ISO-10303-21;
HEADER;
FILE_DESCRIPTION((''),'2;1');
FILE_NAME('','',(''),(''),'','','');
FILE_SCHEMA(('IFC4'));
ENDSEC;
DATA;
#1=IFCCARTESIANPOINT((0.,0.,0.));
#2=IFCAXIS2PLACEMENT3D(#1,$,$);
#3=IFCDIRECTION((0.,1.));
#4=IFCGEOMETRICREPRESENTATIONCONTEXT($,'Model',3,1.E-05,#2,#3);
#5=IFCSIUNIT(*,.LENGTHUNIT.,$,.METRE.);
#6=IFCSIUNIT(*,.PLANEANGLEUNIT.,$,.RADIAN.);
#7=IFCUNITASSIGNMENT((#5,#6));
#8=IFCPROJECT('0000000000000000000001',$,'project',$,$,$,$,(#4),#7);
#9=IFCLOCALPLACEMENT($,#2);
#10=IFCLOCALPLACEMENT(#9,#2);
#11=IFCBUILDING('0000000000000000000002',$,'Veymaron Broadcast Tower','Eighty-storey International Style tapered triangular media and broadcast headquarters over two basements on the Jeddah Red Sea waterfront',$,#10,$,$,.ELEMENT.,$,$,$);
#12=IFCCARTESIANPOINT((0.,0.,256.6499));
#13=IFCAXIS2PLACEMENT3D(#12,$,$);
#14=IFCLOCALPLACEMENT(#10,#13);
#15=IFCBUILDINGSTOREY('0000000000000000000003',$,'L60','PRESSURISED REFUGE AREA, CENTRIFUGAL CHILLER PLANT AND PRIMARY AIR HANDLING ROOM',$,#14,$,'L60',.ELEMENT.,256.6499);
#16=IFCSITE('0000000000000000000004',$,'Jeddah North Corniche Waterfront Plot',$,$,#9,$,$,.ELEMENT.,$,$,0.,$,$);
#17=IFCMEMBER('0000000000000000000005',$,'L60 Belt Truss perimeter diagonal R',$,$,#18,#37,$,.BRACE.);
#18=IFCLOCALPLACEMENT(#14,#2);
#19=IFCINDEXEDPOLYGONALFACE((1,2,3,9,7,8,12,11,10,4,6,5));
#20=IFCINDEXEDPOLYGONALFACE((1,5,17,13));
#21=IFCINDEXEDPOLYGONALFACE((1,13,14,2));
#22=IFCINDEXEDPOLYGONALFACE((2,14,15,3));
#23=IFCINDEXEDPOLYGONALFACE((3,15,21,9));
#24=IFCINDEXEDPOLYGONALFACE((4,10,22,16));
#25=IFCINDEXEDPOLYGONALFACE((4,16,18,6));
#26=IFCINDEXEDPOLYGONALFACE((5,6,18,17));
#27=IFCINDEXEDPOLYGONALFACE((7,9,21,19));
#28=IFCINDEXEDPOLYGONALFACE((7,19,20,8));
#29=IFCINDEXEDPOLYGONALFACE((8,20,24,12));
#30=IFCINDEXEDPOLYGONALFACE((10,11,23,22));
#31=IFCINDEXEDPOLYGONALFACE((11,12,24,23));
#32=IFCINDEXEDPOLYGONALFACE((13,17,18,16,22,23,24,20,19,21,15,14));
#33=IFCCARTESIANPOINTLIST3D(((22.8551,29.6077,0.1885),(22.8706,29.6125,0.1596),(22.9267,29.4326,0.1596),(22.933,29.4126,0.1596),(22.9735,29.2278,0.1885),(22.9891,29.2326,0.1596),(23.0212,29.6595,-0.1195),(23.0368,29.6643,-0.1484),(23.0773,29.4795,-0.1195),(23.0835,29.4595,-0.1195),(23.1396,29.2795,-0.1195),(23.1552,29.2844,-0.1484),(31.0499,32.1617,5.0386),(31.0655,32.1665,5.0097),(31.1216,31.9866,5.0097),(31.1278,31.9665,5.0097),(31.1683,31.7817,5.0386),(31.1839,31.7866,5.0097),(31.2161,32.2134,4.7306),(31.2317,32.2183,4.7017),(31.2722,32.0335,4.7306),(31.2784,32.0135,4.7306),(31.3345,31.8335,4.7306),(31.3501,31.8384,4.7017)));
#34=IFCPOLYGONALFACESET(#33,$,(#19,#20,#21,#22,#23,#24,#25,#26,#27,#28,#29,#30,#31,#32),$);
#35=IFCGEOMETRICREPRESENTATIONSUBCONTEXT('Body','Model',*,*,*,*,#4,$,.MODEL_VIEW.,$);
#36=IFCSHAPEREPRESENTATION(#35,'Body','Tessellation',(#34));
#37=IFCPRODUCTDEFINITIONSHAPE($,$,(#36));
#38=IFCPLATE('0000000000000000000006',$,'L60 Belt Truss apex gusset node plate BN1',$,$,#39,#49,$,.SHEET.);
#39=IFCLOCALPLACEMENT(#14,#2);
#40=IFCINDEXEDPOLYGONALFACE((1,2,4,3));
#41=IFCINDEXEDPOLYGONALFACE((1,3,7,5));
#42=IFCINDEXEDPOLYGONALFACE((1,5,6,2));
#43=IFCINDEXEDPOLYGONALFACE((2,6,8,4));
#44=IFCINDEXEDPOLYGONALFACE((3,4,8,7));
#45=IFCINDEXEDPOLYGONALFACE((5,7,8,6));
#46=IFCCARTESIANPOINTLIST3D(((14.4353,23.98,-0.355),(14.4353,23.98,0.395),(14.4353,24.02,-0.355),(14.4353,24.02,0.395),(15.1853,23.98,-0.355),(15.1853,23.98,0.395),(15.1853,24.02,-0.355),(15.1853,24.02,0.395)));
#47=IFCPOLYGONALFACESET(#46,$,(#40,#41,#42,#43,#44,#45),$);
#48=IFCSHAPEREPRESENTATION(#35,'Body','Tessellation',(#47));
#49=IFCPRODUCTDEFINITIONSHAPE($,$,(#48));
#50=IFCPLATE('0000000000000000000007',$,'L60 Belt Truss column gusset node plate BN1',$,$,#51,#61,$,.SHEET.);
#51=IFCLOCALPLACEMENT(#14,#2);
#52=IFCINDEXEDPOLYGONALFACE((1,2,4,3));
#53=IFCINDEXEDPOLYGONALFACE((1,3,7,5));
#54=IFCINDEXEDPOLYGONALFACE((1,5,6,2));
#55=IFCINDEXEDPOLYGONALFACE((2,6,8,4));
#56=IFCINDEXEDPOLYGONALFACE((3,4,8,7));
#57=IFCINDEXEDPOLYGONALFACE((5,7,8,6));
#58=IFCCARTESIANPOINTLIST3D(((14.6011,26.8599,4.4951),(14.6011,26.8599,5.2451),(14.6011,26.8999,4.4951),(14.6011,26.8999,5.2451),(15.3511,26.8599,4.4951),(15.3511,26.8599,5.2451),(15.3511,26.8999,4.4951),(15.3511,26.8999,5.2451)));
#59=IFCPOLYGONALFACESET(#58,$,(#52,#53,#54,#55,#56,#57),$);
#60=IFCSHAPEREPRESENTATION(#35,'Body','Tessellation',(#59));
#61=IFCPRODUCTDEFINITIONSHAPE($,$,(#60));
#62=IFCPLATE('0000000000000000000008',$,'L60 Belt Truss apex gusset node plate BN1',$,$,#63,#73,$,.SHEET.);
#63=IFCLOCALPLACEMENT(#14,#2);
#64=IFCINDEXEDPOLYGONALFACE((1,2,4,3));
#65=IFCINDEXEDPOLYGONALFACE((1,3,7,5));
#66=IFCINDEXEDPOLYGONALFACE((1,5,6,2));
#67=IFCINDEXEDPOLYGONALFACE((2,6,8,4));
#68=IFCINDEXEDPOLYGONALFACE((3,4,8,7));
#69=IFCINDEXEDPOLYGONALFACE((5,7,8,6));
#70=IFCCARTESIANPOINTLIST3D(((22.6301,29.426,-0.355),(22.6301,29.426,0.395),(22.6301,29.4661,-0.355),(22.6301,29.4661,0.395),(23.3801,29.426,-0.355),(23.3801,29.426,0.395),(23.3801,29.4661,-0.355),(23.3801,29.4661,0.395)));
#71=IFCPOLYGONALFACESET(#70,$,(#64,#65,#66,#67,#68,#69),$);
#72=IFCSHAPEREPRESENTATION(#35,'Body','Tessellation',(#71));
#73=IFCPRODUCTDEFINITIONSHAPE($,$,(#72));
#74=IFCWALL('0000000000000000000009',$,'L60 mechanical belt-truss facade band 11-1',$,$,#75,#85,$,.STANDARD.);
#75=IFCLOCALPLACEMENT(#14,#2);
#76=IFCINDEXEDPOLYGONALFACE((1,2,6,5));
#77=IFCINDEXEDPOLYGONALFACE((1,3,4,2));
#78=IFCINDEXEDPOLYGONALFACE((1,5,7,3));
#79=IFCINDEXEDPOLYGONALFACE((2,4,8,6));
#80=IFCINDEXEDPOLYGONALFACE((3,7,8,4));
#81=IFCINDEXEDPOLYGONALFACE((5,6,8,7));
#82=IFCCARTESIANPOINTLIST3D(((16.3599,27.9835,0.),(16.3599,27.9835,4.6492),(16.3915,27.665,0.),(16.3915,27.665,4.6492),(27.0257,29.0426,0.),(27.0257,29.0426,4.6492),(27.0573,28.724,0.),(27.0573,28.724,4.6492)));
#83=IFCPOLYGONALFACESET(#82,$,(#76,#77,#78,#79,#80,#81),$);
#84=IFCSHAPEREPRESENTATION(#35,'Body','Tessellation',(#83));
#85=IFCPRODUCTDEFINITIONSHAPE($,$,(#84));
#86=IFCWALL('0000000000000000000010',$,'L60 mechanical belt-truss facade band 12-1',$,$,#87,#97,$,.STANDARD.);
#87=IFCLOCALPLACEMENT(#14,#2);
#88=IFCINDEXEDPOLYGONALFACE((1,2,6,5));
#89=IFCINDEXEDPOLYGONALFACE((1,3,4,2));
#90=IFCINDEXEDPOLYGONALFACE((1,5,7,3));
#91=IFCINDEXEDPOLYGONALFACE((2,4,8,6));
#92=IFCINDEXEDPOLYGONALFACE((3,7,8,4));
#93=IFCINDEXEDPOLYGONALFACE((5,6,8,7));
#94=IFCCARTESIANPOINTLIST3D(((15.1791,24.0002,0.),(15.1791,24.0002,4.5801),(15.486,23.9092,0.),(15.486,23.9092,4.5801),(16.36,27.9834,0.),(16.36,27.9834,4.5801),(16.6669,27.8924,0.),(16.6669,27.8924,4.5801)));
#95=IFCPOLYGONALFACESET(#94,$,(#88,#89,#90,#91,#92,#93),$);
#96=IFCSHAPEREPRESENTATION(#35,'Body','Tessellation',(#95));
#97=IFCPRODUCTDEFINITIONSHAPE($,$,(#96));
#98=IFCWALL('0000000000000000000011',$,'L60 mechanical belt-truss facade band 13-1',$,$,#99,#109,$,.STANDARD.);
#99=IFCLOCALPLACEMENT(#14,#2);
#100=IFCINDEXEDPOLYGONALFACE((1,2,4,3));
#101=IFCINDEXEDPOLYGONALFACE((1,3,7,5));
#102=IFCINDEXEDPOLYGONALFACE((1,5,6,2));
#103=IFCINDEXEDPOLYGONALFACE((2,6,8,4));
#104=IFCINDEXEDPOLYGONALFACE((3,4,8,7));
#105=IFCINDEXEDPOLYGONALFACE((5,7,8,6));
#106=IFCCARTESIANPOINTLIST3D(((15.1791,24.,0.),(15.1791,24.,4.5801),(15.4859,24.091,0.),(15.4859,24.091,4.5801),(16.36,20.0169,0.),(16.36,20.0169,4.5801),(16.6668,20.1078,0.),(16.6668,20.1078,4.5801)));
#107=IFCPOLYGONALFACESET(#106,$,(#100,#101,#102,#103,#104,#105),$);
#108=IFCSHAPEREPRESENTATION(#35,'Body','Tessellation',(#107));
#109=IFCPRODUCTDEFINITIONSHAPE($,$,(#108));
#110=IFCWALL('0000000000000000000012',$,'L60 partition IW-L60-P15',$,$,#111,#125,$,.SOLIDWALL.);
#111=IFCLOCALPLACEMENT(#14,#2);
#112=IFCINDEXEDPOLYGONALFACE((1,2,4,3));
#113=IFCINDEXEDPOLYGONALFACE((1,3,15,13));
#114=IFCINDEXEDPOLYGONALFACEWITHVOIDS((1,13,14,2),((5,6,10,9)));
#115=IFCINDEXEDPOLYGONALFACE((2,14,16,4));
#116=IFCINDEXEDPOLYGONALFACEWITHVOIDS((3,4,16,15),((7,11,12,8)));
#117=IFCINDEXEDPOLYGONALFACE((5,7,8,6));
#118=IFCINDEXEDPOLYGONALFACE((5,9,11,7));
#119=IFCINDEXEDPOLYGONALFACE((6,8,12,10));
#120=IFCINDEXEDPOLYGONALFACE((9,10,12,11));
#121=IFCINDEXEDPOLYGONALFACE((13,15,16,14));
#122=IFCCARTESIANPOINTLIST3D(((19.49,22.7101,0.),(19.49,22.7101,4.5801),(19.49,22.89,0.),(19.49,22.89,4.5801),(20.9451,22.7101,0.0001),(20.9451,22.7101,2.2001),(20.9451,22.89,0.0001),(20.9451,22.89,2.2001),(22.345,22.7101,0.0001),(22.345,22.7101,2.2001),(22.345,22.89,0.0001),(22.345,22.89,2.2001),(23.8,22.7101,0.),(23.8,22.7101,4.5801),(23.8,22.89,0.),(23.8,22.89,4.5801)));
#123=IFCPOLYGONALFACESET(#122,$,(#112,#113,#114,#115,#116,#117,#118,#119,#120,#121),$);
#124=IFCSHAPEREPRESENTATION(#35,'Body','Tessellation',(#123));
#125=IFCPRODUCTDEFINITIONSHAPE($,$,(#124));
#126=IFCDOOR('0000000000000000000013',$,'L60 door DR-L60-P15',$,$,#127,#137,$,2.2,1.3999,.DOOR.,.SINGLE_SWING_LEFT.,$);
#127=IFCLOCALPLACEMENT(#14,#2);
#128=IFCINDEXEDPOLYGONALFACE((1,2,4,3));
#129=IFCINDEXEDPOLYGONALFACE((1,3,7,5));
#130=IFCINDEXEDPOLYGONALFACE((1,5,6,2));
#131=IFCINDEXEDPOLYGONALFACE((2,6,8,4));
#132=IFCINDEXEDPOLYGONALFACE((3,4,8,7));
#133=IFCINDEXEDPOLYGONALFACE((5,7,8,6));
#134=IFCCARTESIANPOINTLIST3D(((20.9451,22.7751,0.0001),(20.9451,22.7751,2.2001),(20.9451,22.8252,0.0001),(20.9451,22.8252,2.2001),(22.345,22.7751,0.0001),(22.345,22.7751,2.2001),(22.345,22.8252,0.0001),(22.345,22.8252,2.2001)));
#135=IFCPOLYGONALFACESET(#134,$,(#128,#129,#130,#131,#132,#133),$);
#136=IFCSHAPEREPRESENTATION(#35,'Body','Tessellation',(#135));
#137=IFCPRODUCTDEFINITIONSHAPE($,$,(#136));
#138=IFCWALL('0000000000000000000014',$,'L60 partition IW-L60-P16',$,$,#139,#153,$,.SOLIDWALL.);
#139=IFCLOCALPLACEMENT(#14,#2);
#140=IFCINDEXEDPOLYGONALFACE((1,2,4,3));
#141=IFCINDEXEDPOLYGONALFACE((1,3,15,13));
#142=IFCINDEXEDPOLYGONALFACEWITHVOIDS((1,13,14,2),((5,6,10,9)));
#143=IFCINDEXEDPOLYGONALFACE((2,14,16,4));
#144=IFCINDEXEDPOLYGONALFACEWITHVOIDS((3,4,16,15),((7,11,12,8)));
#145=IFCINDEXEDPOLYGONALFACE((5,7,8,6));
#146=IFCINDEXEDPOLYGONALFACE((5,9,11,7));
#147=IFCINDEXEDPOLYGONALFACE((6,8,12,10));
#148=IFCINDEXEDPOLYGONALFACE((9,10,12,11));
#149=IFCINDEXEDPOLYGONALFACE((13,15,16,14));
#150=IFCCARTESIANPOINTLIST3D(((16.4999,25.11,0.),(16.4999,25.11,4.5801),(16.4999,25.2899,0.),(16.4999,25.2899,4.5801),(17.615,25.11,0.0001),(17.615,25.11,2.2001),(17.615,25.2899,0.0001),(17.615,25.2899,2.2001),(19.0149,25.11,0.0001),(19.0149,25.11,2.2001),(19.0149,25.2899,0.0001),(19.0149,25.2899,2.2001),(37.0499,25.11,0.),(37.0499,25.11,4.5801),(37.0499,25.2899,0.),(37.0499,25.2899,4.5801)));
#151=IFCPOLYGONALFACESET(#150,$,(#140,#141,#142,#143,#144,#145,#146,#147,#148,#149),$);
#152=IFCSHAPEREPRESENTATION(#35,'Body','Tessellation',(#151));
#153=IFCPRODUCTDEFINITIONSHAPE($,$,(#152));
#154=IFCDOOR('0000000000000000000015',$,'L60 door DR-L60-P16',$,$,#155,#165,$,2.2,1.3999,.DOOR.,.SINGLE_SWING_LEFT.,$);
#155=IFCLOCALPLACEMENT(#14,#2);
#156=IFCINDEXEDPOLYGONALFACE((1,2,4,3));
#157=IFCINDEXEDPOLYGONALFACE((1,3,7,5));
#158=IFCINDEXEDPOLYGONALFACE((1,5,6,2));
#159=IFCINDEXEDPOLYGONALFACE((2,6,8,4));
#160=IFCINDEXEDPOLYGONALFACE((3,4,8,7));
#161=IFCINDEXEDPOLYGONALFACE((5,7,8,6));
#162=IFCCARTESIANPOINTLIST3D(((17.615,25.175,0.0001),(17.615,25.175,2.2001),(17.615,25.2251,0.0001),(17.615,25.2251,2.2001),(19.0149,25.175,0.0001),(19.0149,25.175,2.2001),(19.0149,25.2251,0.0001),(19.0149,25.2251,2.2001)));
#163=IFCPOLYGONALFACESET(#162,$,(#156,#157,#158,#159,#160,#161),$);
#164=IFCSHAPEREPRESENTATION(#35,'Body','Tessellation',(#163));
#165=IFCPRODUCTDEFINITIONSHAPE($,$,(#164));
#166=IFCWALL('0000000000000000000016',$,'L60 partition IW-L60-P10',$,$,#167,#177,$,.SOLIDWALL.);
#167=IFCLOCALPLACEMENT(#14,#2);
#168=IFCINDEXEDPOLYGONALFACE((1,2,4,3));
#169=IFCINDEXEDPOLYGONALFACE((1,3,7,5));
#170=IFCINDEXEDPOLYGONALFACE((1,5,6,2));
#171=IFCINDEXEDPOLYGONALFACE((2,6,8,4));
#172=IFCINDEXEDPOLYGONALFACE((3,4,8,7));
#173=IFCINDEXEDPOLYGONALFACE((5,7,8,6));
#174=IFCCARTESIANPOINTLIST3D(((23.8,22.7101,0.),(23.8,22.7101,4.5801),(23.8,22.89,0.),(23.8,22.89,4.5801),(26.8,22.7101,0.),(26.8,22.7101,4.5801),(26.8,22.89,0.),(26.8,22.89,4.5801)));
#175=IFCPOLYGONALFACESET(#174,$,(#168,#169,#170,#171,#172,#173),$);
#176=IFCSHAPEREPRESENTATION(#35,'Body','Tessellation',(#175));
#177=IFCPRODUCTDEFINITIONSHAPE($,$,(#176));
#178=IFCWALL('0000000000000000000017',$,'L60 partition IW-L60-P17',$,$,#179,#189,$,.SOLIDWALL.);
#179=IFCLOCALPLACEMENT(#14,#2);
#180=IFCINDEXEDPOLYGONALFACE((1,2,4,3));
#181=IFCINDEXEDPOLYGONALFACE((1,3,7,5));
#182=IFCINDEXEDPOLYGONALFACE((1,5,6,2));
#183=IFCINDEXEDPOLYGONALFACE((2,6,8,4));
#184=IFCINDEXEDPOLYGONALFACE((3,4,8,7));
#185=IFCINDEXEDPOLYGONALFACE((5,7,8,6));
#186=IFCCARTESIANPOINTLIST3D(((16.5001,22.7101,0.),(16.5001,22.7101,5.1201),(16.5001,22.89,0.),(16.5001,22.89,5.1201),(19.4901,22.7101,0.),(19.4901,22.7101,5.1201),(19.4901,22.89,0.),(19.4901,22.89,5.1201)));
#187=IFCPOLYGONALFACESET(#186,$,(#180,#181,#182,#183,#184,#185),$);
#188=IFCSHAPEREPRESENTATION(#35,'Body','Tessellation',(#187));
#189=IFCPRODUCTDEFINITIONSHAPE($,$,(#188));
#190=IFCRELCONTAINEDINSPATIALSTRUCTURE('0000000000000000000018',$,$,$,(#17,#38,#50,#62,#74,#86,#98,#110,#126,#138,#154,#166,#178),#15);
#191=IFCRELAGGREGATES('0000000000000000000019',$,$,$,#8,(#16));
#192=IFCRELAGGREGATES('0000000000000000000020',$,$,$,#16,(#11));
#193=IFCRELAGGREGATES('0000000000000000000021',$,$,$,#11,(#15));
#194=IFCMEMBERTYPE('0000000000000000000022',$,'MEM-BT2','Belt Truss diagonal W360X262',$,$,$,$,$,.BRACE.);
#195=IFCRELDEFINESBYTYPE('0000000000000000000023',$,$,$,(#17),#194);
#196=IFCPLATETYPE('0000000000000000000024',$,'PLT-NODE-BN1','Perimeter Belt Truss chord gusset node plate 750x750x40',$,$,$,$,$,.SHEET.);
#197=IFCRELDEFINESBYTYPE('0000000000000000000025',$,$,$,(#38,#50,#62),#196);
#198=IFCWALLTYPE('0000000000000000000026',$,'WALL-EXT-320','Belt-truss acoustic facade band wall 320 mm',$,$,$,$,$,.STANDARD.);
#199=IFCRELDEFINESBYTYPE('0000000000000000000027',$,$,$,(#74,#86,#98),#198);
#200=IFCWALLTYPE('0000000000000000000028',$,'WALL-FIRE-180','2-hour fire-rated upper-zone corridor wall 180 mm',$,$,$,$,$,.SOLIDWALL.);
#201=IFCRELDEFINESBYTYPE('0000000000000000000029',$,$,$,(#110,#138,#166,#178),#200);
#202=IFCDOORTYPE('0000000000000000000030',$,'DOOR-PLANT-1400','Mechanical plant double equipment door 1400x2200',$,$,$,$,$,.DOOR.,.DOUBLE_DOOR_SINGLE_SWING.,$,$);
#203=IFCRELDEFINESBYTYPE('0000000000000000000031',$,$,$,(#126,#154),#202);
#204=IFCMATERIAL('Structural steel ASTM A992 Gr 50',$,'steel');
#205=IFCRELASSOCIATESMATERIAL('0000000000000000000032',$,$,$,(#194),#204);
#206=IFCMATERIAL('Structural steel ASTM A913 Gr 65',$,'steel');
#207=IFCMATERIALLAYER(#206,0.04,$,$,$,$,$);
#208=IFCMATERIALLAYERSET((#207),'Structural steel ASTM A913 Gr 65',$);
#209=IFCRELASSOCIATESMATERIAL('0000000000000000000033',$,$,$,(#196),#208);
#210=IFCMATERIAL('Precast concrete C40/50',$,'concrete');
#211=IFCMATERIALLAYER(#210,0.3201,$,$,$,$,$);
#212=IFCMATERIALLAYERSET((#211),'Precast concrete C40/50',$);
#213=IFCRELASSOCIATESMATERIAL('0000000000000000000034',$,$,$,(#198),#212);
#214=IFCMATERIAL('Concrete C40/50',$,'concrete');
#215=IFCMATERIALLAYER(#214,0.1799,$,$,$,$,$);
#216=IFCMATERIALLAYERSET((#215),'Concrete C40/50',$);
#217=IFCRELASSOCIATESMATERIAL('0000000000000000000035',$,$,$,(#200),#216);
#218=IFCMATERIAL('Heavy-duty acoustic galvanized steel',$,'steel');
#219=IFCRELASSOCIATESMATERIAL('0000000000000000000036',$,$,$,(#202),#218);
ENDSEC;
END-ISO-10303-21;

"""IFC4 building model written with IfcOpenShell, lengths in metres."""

from ifc_helpers import new_model, si_unit, direction, frame, frame_2d, origin, origin_2d, place, context, subcontext, project, spatial, rectangle, i_section, extrude, material, layer, layer_set, material_profile, profile_set, type_object, element, fill, save


model = new_model("IFC4")

# Units and contexts
model_context = context("Model", 3, precision=1e-05, world=origin(), true_north=direction((0.0, 1.0)))
body_context = subcontext(model_context, "Body", "Model", "MODEL_VIEW")
ifc_project = project(units=[si_unit("LENGTHUNIT", "METRE"), si_unit("PLANEANGLEUNIT", "RADIAN")], contexts=[model_context])

# Site, building, storey
site_placement = place(None, origin())
site = spatial("IfcSite", under=ifc_project, at=site_placement, Name="Jeddah North Corniche Waterfront Plot", CompositionType="ELEMENT", RefElevation=0.0)
building_placement = place(site_placement, origin())
building = spatial("IfcBuilding", under=site, at=building_placement, Name="Veymaron Broadcast Tower", Description="Eighty-storey International Style tapered triangular media and broadcast headquarters over two basements on the Jeddah Red Sea waterfront", CompositionType="ELEMENT")
storey_placement = place(building_placement, frame((0.0, 0.0, 256.6499)))
storey = spatial("IfcBuildingStorey", under=building, at=storey_placement, Name="L60", Description="PRESSURISED REFUGE AREA, CENTRIFUGAL CHILLER PLANT AND PRIMARY AIR HANDLING ROOM", LongName="L60", CompositionType="ELEMENT", Elevation=256.6499)

# Shared definitions
ifc_material_1 = material(Name="Structural steel ASTM A913 Gr 65", Category="steel")

# Shared definitions
ifc_material_2 = material(Name="Structural steel ASTM A992 Gr 50", Category="steel")

# Member
ifc_material_profile_1 = material_profile(ifc_material_2, i_section(OverallWidth=0.3979, OverallDepth=0.387, WebThickness=0.021, FlangeThickness=0.0332, at=origin_2d()), Name="W360X262")
ifc_profile_set_1 = profile_set([ifc_material_profile_1], Name="Structural steel ASTM A992 Gr 50")
member_type = type_object("IfcMemberType", Name="MEM-BT2", Description="Belt Truss diagonal W360X262", PredefinedType="BRACE", material=ifc_profile_set_1)
member_1_placement = place(storey_placement, frame((23.0051, 29.446, 0.02), z_axis=(0.831196, 0.259046, 0.491943), x_axis=(-0.29754, 0.954709, 0.0)))
element("IfcMember", 1, at=member_1_placement, inside=storey, type_object=member_type, Name="L60 Belt Truss perimeter diagonal R", PredefinedType="BRACE", context=body_context, shape_type="SweptSolid", body=[
    extrude(i_section(OverallWidth=0.3979, OverallDepth=0.387, WebThickness=0.021, FlangeThickness=0.0332, at=origin_2d()), origin(), (0.0, 0.0, 1.0), 9.8591),
])

# Plates
ifc_layer_1 = layer(ifc_material_1, 0.04)
ifc_layer_set_1 = layer_set([ifc_layer_1], Name="Structural steel ASTM A913 Gr 65")
plate_type = type_object("IfcPlateType", Name="PLT-NODE-BN1", Description="Perimeter Belt Truss chord gusset node plate 750x750x40", PredefinedType="SHEET", material=ifc_layer_set_1)
for number, where, z_axis, x_axis, name in (
    (2, (14.8103, 24.0, -0.355), (0.0, 0.0, 1.0), (1.0, 0.0, 0.0), "L60 Belt Truss apex gusset node plate BN1"),
    (3, (14.9761, 26.8799, 4.4951), (0.0, 0.0, 1.0), (1.0, 0.0, 0.0), "L60 Belt Truss column gusset node plate BN1"),
    (4, (23.0051, 29.446, -0.355), (0.0, 0.0, 1.0), (1.0, 0.0, 0.0), "L60 Belt Truss apex gusset node plate BN1"),
):
    element("IfcPlate", number, at=place(storey_placement, frame(where, z_axis=z_axis, x_axis=x_axis)), inside=storey, type_object=plate_type, Name=name, PredefinedType="SHEET", context=body_context, shape_type="SweptSolid", body=[
        extrude(rectangle(XDim=0.75, YDim=0.04, at=origin_2d()), origin(), (0.0, 0.0, 1.0), 0.75),
    ])

# Walls
ifc_material_3 = material(Name="Precast concrete C40/50", Category="concrete")
ifc_layer_2 = layer(ifc_material_3, 0.3201)
ifc_layer_set_2 = layer_set([ifc_layer_2], Name="Precast concrete C40/50")
wall_type_1 = type_object("IfcWallType", Name="WALL-EXT-320", Description="Belt-truss acoustic facade band wall 320 mm", PredefinedType="STANDARD", material=ifc_layer_set_2)
wall_1_placement = place(storey_placement, frame((27.0415, 28.8833, 0.0), z_axis=(0.0, 0.0, 1.0), x_axis=(-0.995106, -0.098811, 0.0)))
element("IfcWall", 5, at=wall_1_placement, inside=storey, type_object=wall_type_1, Name="L60 mechanical belt-truss facade band 11-1", PredefinedType="STANDARD", context=body_context, shape_type="SweptSolid", body=[
    extrude(rectangle(XDim=10.7183, YDim=0.3201, at=frame_2d((5.3591, 0.0))), origin(), (0.0, 0.0, 1.0), 4.6492),
])
for number, where, z_axis, x_axis, name in (
    (6, (16.5134, 27.9377, 0.0), (0.0, 0.0, 1.0), (-0.284246, -0.958751, 0.0), "L60 mechanical belt-truss facade band 12-1"),
    (7, (15.3325, 24.0454, 0.0), (0.0, 0.0, 1.0), (0.284246, -0.958751, 0.0), "L60 mechanical belt-truss facade band 13-1"),
):
    element("IfcWall", number, at=place(storey_placement, frame(where, z_axis=z_axis, x_axis=x_axis)), inside=storey, type_object=wall_type_1, Name=name, PredefinedType="STANDARD", context=body_context, shape_type="SweptSolid", body=[
        extrude(rectangle(XDim=4.1545, YDim=0.3201, at=frame_2d((2.0771, 0.0))), origin(), (0.0, 0.0, 1.0), 4.5801),
    ])

# Walls, openings, doors
ifc_material_4 = material(Name="Concrete C40/50", Category="concrete")
ifc_layer_3 = layer(ifc_material_4, 0.1799)
ifc_layer_set_3 = layer_set([ifc_layer_3], Name="Concrete C40/50")
wall_type_2 = type_object("IfcWallType", Name="WALL-FIRE-180", Description="2-hour fire-rated upper-zone corridor wall 180 mm", PredefinedType="SOLIDWALL", material=ifc_layer_set_3)
wall_2_placement = place(storey_placement, frame((19.49, 22.8, 0.0), z_axis=(0.0, 0.0, 1.0), x_axis=(1.0, 0.0, 0.0)))
wall_2 = element("IfcWall", 8, at=wall_2_placement, inside=storey, type_object=wall_type_2, Name="L60 partition IW-L60-P15", PredefinedType="SOLIDWALL", context=body_context, shape_type="SweptSolid", body=[
    extrude(rectangle(XDim=4.3101, YDim=0.1799, at=frame_2d((2.155, 0.0))), origin(), (0.0, 0.0, 1.0), 4.5801),
])
opening_1_placement = place(wall_2_placement, frame((1.4551, 0.0, 0.0)))
opening_1 = element("IfcOpeningElement", 9, at=opening_1_placement, cuts=wall_2, PredefinedType="OPENING", context=body_context, shape_type="SweptSolid", body=[
    extrude(rectangle(XDim=1.3999, YDim=2.2, at=frame_2d((0.7, 1.1001))), frame((0.0, 0.1001, 0.0), z_axis=(0.0, -1.0, 0.0), x_axis=(1.0, 0.0, 0.0)), (0.0, 0.0, 1.0), 0.2),
])
ifc_material_5 = material(Name="Heavy-duty acoustic galvanized steel", Category="steel")
door_type_1 = type_object("IfcDoorType", Name="DOOR-PLANT-1400", Description="Mechanical plant double equipment door 1400x2200", OperationType="DOUBLE_DOOR_SINGLE_SWING", PredefinedType="DOOR", material=ifc_material_5)
door_1_placement = place(opening_1_placement, frame((1.3999, 0.0, 0.0), z_axis=(0.0, 0.0, 1.0), x_axis=(-1.0, 0.0, 0.0)))
door_1 = element("IfcDoor", 10, at=door_1_placement, inside=storey, type_object=door_type_1, Name="L60 door DR-L60-P15", OperationType="SINGLE_SWING_LEFT", OverallHeight=2.2, OverallWidth=1.3999, PredefinedType="DOOR", context=body_context, shape_type="SweptSolid", body=[
    extrude(rectangle(XDim=1.3999, YDim=2.2, at=frame_2d((0.7, 1.1001))), frame((0.0, 0.0249, 0.0), z_axis=(0.0, -1.0, 0.0), x_axis=(1.0, 0.0, 0.0)), (0.0, 0.0, 1.0), 0.05),
])
fill(opening_1, door_1)
wall_3_placement = place(storey_placement, frame((16.5, 25.2, 0.0), z_axis=(0.0, 0.0, 1.0), x_axis=(1.0, 0.0, 0.0)))
wall_3 = element("IfcWall", 11, at=wall_3_placement, inside=storey, type_object=wall_type_2, Name="L60 partition IW-L60-P16", PredefinedType="SOLIDWALL", context=body_context, shape_type="SweptSolid", body=[
    extrude(rectangle(XDim=20.55, YDim=0.1799, at=frame_2d((10.2749, 0.0))), origin(), (0.0, 0.0, 1.0), 4.5801),
])
opening_2_placement = place(wall_3_placement, frame((1.115, 0.0, 0.0)))
opening_2 = element("IfcOpeningElement", 12, at=opening_2_placement, cuts=wall_3, PredefinedType="OPENING", context=body_context, shape_type="SweptSolid", body=[
    extrude(rectangle(XDim=1.3999, YDim=2.2, at=frame_2d((0.7, 1.1001))), frame((0.0, 0.1001, 0.0), z_axis=(0.0, -1.0, 0.0), x_axis=(1.0, 0.0, 0.0)), (0.0, 0.0, 1.0), 0.2),
])
door_2_placement = place(opening_2_placement, frame((1.3999, 0.0, 0.0), z_axis=(0.0, 0.0, 1.0), x_axis=(-1.0, 0.0, 0.0)))
door_2 = element("IfcDoor", 13, at=door_2_placement, inside=storey, type_object=door_type_1, Name="L60 door DR-L60-P16", OperationType="SINGLE_SWING_LEFT", OverallHeight=2.2, OverallWidth=1.3999, PredefinedType="DOOR", context=body_context, shape_type="SweptSolid", body=[
    extrude(rectangle(XDim=1.3999, YDim=2.2, at=frame_2d((0.7, 1.1001))), frame((0.0, 0.0249, 0.0), z_axis=(0.0, -1.0, 0.0), x_axis=(1.0, 0.0, 0.0)), (0.0, 0.0, 1.0), 0.05),
])
fill(opening_2, door_2)

# Walls
wall_4_placement = place(storey_placement, frame((23.8, 22.8, 0.0), z_axis=(0.0, 0.0, 1.0), x_axis=(1.0, 0.0, 0.0)))
element("IfcWall", 14, at=wall_4_placement, inside=storey, type_object=wall_type_2, Name="L60 partition IW-L60-P10", PredefinedType="SOLIDWALL", context=body_context, shape_type="SweptSolid", body=[
    extrude(rectangle(XDim=3.0, YDim=0.1799, at=frame_2d((1.5, 0.0))), origin(), (0.0, 0.0, 1.0), 4.5801),
])
wall_5_placement = place(storey_placement, frame((16.5, 22.8, 0.0), z_axis=(0.0, 0.0, 1.0), x_axis=(1.0, 0.0, 0.0)))
element("IfcWall", 15, at=wall_5_placement, inside=storey, type_object=wall_type_2, Name="L60 partition IW-L60-P17", PredefinedType="SOLIDWALL", context=body_context, shape_type="SweptSolid", body=[
    extrude(rectangle(XDim=2.99, YDim=0.1799, at=frame_2d((1.4951, 0.0))), origin(), (0.0, 0.0, 1.0), 5.1201),
])

save(model, "model.ifc")
